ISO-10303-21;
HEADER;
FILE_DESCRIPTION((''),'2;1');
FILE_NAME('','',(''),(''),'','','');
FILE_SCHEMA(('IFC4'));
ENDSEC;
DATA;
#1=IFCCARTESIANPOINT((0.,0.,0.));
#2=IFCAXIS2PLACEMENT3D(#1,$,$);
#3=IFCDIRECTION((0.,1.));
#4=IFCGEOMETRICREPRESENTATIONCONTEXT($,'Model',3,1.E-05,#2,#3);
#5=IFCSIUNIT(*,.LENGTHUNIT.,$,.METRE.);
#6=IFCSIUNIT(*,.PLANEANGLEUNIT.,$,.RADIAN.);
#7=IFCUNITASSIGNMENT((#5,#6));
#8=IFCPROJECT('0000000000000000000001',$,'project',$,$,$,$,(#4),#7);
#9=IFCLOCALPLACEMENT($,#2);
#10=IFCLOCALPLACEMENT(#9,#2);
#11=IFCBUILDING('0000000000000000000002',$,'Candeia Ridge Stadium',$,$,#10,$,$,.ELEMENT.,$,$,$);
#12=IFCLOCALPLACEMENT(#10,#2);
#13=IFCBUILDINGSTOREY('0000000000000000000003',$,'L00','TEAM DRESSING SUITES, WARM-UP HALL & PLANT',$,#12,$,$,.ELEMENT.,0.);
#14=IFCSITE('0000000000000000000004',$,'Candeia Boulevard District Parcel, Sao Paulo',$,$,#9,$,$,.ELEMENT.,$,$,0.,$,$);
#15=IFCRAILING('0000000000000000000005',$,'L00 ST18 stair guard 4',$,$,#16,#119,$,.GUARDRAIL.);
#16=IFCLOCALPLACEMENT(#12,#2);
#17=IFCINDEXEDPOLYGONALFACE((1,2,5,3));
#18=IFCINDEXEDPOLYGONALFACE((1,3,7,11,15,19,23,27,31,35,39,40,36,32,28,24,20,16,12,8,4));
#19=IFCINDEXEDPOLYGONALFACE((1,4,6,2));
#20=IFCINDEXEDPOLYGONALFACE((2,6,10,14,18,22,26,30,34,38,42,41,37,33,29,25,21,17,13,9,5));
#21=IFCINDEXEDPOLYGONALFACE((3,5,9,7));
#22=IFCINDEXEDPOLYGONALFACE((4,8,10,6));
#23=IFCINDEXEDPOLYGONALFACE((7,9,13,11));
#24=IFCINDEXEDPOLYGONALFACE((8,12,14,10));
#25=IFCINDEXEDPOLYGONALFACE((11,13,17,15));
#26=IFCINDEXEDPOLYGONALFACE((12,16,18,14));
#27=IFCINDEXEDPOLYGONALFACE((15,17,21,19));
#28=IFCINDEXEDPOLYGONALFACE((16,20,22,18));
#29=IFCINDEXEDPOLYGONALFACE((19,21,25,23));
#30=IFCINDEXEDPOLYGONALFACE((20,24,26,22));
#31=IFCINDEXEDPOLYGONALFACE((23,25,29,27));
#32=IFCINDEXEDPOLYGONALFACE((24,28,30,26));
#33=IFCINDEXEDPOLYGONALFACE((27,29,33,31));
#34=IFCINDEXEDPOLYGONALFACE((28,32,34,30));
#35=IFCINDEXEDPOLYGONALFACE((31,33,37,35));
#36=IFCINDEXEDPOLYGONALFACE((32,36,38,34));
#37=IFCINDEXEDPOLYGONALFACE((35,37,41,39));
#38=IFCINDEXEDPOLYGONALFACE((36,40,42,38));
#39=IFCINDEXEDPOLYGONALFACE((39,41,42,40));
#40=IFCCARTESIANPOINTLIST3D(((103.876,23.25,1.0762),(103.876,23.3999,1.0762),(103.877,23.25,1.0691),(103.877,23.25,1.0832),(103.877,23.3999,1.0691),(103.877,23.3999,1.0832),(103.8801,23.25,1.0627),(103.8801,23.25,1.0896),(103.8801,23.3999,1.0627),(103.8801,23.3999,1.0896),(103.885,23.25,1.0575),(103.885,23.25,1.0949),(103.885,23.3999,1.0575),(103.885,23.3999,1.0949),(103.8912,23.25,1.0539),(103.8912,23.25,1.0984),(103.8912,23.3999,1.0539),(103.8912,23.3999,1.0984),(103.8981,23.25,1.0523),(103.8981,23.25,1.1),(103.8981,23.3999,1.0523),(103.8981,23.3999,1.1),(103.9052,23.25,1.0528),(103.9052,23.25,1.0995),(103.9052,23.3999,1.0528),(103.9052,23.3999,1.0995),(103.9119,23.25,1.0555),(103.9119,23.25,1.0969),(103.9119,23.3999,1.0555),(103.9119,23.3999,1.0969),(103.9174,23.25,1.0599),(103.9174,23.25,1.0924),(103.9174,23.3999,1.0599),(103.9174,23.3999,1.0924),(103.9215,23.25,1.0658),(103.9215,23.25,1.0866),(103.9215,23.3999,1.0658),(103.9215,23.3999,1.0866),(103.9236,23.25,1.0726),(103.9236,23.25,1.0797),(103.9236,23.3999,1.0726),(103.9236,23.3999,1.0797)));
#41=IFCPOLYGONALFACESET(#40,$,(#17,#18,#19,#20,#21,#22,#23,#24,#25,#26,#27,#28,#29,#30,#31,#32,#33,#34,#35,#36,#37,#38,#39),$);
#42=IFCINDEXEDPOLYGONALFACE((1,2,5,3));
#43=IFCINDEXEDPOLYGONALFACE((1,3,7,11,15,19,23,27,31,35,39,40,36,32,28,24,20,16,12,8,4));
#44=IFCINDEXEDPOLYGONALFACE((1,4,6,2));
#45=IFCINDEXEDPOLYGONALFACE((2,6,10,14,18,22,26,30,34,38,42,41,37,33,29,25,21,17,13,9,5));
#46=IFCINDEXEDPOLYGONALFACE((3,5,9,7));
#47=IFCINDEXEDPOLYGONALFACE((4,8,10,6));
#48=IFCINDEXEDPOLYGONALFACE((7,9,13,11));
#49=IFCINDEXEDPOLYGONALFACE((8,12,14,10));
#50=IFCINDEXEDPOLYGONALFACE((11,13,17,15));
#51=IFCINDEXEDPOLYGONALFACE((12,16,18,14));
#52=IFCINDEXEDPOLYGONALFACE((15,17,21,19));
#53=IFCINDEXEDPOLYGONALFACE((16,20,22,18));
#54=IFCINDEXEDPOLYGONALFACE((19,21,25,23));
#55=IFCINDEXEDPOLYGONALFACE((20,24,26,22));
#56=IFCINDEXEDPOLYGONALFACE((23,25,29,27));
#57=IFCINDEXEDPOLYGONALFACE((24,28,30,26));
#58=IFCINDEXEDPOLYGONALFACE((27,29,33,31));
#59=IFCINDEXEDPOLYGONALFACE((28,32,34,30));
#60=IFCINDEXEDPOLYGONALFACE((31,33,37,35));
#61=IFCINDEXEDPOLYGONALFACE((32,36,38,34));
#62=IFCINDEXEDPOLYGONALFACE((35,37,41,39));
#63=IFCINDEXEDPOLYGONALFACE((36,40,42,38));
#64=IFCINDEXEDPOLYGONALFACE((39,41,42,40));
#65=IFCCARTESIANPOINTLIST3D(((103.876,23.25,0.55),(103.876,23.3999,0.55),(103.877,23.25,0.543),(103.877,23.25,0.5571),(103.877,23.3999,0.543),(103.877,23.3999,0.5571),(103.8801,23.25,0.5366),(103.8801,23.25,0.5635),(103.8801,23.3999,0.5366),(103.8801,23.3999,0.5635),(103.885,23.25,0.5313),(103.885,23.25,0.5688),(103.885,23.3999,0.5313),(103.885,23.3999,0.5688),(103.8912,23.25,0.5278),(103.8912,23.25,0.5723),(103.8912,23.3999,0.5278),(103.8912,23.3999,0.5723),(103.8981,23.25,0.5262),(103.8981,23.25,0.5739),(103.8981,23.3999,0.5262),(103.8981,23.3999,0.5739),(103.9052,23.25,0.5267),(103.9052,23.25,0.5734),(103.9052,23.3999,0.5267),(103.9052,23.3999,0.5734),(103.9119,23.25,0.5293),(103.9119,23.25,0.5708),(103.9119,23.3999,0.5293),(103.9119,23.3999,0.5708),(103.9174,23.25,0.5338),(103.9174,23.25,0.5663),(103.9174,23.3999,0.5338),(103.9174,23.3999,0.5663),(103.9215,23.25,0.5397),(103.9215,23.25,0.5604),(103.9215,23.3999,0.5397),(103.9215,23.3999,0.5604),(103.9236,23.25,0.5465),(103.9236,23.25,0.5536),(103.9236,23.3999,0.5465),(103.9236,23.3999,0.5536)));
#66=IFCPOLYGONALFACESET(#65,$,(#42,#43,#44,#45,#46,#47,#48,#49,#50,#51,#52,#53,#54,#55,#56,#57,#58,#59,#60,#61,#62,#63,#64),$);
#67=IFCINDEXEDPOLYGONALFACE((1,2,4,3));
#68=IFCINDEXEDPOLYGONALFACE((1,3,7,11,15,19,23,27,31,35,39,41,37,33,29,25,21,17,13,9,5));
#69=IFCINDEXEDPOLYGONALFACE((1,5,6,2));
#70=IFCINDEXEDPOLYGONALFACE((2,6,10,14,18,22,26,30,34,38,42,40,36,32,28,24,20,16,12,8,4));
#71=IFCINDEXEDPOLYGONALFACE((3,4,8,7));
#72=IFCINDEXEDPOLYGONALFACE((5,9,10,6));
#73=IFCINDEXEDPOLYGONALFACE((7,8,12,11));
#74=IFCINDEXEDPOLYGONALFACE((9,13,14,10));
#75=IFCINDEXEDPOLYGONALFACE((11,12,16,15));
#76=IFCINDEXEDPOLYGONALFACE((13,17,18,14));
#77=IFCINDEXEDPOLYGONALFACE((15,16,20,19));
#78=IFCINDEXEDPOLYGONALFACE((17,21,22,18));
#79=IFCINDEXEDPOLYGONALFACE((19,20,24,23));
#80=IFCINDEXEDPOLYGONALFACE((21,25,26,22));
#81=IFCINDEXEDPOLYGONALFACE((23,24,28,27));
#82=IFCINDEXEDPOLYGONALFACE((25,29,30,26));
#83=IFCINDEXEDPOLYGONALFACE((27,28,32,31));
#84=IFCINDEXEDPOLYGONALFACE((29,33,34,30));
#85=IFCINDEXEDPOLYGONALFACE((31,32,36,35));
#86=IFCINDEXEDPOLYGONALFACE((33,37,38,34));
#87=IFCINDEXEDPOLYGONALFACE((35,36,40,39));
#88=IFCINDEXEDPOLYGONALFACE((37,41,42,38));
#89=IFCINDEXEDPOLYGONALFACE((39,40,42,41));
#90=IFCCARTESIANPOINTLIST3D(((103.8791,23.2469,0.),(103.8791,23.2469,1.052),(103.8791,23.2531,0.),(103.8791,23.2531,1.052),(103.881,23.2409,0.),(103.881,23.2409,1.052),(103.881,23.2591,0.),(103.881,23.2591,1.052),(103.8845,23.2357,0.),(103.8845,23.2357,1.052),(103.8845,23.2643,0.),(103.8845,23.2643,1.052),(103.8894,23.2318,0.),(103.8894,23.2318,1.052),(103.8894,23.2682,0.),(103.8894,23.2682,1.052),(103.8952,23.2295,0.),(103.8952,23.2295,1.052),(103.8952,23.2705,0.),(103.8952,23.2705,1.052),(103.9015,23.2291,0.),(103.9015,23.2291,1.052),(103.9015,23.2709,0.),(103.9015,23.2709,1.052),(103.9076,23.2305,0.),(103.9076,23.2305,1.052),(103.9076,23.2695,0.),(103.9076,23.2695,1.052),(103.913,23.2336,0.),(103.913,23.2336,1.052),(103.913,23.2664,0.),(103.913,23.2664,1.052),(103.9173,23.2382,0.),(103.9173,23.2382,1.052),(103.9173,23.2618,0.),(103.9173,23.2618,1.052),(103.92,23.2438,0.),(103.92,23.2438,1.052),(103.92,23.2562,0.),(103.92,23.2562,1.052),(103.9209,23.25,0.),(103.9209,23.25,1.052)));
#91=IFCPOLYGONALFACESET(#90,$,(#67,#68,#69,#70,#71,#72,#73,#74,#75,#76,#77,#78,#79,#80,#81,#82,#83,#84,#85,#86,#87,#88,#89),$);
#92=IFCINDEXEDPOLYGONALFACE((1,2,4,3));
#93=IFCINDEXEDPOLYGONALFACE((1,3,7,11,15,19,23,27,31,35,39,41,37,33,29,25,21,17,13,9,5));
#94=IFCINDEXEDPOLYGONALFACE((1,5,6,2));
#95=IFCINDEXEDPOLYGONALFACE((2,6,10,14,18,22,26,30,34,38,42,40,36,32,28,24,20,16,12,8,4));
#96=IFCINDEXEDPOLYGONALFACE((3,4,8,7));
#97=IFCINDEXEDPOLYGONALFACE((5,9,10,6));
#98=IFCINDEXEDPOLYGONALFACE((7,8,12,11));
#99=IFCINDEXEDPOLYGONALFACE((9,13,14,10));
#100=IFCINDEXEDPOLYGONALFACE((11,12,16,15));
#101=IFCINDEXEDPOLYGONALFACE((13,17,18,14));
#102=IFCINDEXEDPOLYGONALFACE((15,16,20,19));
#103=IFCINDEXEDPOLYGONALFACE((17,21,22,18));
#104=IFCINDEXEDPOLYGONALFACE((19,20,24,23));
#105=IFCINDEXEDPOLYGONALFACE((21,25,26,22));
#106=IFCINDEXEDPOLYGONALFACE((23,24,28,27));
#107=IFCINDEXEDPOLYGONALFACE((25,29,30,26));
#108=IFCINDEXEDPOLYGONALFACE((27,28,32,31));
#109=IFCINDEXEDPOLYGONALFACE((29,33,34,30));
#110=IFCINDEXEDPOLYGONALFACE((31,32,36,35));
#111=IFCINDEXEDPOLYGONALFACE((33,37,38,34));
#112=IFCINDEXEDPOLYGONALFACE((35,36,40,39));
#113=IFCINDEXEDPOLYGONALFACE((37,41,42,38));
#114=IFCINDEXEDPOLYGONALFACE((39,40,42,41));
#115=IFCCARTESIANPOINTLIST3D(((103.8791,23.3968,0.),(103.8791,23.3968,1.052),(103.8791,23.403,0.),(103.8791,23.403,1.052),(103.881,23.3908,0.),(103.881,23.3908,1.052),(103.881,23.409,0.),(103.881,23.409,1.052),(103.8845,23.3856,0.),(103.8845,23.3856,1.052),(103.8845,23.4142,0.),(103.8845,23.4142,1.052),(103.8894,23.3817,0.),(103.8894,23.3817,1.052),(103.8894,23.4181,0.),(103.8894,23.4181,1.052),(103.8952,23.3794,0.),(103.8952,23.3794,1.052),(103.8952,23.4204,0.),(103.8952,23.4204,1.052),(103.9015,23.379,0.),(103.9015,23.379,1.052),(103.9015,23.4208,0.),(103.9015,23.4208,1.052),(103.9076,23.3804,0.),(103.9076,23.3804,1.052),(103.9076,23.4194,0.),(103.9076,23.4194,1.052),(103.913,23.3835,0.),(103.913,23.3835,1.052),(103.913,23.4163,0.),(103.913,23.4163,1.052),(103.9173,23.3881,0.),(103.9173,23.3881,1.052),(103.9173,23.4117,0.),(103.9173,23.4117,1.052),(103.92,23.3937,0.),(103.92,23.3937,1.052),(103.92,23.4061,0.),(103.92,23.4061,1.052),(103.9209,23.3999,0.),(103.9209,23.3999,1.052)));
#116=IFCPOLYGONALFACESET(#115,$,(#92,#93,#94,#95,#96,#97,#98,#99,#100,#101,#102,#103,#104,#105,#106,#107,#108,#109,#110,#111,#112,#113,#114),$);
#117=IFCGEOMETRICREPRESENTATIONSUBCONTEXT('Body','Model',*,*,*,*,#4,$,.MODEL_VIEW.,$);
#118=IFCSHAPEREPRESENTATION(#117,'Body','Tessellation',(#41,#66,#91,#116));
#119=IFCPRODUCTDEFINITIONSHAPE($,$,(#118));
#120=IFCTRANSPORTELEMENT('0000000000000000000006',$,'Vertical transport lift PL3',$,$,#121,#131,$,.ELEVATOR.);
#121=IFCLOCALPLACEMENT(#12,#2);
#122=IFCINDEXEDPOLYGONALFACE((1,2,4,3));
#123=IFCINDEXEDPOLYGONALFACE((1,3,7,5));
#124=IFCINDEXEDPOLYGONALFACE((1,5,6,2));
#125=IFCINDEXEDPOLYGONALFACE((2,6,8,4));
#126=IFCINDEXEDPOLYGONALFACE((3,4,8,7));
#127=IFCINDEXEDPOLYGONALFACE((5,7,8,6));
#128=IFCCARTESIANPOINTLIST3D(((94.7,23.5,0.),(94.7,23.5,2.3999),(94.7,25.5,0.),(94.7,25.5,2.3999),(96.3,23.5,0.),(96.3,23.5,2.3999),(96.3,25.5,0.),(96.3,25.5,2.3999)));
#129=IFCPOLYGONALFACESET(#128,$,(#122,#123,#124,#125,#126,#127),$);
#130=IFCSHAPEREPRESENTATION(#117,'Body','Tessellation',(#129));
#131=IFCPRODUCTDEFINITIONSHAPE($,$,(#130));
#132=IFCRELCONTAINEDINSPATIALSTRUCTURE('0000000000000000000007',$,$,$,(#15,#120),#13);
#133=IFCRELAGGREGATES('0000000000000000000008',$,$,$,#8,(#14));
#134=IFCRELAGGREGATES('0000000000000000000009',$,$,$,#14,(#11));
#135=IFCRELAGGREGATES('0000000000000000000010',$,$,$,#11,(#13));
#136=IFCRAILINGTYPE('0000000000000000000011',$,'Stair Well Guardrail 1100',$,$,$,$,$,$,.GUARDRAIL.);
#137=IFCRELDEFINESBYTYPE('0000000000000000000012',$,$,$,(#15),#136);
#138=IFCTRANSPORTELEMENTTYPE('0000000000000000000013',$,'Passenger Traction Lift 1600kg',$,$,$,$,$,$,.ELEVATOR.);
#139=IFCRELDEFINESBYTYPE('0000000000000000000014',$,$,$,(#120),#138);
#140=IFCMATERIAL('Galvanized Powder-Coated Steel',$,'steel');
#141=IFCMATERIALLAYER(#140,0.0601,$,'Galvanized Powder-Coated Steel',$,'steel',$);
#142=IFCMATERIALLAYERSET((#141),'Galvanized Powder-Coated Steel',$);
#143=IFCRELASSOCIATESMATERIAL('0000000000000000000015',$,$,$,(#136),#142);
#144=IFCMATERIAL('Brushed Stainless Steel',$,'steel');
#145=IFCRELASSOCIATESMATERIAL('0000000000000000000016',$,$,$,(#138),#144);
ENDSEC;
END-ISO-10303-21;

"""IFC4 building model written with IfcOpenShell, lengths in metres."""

from ifc_helpers import new_model, si_unit, direction, frame, origin, origin_2d, place, context, subcontext, project, spatial, rectangle, circle, extrude, material, layer, layer_set, type_object, element, save


model = new_model("IFC4")

# Units and contexts
model_context = context("Model", 3, precision=1e-05, world=origin(), true_north=direction((0.0, 1.0)))
body_context = subcontext(model_context, "Body", "Model", "MODEL_VIEW")
ifc_project = project(units=[si_unit("LENGTHUNIT", "METRE"), si_unit("PLANEANGLEUNIT", "RADIAN")], contexts=[model_context])

# Site, building, storey
site_placement = place(None, origin())
site = spatial("IfcSite", under=ifc_project, at=site_placement, Name="Candeia Boulevard District Parcel, Sao Paulo", CompositionType="ELEMENT", RefElevation=0.0)
building_placement = place(site_placement, origin())
building = spatial("IfcBuilding", under=site, at=building_placement, Name="Candeia Ridge Stadium", CompositionType="ELEMENT")
storey_placement = place(building_placement, origin())
storey = spatial("IfcBuildingStorey", under=building, at=storey_placement, Name="L00", Description="TEAM DRESSING SUITES, WARM-UP HALL & PLANT", CompositionType="ELEMENT", Elevation=0.0)

# Shared definitions
ifc_material_1 = material(Name="Brushed Stainless Steel", Category="steel")

# Railing
ifc_material_2 = material(Name="Galvanized Powder-Coated Steel", Category="steel")
ifc_layer_1 = layer(ifc_material_2, 0.0601, Name="Galvanized Powder-Coated Steel", Category="steel")
ifc_layer_set_1 = layer_set([ifc_layer_1], Name="Galvanized Powder-Coated Steel")
railing_type_1 = type_object("IfcRailingType", Name="Stair Well Guardrail 1100", PredefinedType="GUARDRAIL", material=ifc_layer_set_1)
railing_1_placement = place(storey_placement, frame((103.8999, 23.25, 0.0)))
element("IfcRailing", 1, at=railing_1_placement, inside=storey, type_object=railing_type_1, Name="L00 ST18 stair guard 4", PredefinedType="GUARDRAIL", context=body_context, shape_type="SweptSolid", body=[
    extrude(circle(Radius=0.0239, at=origin_2d()), frame((0.0, 0.0, 1.0762), z_axis=(0.0, 1.0, 0.0), x_axis=(-1.0, 0.0, 0.0)), (0.0, 0.0, 1.0), 0.1499),
    extrude(circle(Radius=0.0239, at=origin_2d()), frame((0.0, 0.0, 0.55), z_axis=(0.0, 1.0, 0.0), x_axis=(-1.0, 0.0, 0.0)), (0.0, 0.0, 1.0), 0.1499),
    extrude(circle(Radius=0.021, at=origin_2d()), origin(), (0.0, 0.0, 1.0), 1.052),
    extrude(circle(Radius=0.021, at=origin_2d()), frame((0.0, 0.1499, 0.0)), (0.0, 0.0, 1.0), 1.052),
])

# Transport element
transport_element_type = type_object("IfcTransportElementType", Name="Passenger Traction Lift 1600kg", PredefinedType="ELEVATOR", material=ifc_material_1)
transport_element_placement = place(storey_placement, frame((95.5, 24.5, 0.0), z_axis=(0.0, 0.0, 1.0), x_axis=(1.0, 0.0, 0.0)))
element("IfcTransportElement", 2, at=transport_element_placement, inside=storey, type_object=transport_element_type, Name="Vertical transport lift PL3", PredefinedType="ELEVATOR", context=body_context, shape_type="SweptSolid", body=[
    extrude(rectangle(XDim=1.6001, YDim=2.0, at=origin_2d()), origin(), (0.0, 0.0, 1.0), 2.3999),
])

save(model, "model.ifc")
